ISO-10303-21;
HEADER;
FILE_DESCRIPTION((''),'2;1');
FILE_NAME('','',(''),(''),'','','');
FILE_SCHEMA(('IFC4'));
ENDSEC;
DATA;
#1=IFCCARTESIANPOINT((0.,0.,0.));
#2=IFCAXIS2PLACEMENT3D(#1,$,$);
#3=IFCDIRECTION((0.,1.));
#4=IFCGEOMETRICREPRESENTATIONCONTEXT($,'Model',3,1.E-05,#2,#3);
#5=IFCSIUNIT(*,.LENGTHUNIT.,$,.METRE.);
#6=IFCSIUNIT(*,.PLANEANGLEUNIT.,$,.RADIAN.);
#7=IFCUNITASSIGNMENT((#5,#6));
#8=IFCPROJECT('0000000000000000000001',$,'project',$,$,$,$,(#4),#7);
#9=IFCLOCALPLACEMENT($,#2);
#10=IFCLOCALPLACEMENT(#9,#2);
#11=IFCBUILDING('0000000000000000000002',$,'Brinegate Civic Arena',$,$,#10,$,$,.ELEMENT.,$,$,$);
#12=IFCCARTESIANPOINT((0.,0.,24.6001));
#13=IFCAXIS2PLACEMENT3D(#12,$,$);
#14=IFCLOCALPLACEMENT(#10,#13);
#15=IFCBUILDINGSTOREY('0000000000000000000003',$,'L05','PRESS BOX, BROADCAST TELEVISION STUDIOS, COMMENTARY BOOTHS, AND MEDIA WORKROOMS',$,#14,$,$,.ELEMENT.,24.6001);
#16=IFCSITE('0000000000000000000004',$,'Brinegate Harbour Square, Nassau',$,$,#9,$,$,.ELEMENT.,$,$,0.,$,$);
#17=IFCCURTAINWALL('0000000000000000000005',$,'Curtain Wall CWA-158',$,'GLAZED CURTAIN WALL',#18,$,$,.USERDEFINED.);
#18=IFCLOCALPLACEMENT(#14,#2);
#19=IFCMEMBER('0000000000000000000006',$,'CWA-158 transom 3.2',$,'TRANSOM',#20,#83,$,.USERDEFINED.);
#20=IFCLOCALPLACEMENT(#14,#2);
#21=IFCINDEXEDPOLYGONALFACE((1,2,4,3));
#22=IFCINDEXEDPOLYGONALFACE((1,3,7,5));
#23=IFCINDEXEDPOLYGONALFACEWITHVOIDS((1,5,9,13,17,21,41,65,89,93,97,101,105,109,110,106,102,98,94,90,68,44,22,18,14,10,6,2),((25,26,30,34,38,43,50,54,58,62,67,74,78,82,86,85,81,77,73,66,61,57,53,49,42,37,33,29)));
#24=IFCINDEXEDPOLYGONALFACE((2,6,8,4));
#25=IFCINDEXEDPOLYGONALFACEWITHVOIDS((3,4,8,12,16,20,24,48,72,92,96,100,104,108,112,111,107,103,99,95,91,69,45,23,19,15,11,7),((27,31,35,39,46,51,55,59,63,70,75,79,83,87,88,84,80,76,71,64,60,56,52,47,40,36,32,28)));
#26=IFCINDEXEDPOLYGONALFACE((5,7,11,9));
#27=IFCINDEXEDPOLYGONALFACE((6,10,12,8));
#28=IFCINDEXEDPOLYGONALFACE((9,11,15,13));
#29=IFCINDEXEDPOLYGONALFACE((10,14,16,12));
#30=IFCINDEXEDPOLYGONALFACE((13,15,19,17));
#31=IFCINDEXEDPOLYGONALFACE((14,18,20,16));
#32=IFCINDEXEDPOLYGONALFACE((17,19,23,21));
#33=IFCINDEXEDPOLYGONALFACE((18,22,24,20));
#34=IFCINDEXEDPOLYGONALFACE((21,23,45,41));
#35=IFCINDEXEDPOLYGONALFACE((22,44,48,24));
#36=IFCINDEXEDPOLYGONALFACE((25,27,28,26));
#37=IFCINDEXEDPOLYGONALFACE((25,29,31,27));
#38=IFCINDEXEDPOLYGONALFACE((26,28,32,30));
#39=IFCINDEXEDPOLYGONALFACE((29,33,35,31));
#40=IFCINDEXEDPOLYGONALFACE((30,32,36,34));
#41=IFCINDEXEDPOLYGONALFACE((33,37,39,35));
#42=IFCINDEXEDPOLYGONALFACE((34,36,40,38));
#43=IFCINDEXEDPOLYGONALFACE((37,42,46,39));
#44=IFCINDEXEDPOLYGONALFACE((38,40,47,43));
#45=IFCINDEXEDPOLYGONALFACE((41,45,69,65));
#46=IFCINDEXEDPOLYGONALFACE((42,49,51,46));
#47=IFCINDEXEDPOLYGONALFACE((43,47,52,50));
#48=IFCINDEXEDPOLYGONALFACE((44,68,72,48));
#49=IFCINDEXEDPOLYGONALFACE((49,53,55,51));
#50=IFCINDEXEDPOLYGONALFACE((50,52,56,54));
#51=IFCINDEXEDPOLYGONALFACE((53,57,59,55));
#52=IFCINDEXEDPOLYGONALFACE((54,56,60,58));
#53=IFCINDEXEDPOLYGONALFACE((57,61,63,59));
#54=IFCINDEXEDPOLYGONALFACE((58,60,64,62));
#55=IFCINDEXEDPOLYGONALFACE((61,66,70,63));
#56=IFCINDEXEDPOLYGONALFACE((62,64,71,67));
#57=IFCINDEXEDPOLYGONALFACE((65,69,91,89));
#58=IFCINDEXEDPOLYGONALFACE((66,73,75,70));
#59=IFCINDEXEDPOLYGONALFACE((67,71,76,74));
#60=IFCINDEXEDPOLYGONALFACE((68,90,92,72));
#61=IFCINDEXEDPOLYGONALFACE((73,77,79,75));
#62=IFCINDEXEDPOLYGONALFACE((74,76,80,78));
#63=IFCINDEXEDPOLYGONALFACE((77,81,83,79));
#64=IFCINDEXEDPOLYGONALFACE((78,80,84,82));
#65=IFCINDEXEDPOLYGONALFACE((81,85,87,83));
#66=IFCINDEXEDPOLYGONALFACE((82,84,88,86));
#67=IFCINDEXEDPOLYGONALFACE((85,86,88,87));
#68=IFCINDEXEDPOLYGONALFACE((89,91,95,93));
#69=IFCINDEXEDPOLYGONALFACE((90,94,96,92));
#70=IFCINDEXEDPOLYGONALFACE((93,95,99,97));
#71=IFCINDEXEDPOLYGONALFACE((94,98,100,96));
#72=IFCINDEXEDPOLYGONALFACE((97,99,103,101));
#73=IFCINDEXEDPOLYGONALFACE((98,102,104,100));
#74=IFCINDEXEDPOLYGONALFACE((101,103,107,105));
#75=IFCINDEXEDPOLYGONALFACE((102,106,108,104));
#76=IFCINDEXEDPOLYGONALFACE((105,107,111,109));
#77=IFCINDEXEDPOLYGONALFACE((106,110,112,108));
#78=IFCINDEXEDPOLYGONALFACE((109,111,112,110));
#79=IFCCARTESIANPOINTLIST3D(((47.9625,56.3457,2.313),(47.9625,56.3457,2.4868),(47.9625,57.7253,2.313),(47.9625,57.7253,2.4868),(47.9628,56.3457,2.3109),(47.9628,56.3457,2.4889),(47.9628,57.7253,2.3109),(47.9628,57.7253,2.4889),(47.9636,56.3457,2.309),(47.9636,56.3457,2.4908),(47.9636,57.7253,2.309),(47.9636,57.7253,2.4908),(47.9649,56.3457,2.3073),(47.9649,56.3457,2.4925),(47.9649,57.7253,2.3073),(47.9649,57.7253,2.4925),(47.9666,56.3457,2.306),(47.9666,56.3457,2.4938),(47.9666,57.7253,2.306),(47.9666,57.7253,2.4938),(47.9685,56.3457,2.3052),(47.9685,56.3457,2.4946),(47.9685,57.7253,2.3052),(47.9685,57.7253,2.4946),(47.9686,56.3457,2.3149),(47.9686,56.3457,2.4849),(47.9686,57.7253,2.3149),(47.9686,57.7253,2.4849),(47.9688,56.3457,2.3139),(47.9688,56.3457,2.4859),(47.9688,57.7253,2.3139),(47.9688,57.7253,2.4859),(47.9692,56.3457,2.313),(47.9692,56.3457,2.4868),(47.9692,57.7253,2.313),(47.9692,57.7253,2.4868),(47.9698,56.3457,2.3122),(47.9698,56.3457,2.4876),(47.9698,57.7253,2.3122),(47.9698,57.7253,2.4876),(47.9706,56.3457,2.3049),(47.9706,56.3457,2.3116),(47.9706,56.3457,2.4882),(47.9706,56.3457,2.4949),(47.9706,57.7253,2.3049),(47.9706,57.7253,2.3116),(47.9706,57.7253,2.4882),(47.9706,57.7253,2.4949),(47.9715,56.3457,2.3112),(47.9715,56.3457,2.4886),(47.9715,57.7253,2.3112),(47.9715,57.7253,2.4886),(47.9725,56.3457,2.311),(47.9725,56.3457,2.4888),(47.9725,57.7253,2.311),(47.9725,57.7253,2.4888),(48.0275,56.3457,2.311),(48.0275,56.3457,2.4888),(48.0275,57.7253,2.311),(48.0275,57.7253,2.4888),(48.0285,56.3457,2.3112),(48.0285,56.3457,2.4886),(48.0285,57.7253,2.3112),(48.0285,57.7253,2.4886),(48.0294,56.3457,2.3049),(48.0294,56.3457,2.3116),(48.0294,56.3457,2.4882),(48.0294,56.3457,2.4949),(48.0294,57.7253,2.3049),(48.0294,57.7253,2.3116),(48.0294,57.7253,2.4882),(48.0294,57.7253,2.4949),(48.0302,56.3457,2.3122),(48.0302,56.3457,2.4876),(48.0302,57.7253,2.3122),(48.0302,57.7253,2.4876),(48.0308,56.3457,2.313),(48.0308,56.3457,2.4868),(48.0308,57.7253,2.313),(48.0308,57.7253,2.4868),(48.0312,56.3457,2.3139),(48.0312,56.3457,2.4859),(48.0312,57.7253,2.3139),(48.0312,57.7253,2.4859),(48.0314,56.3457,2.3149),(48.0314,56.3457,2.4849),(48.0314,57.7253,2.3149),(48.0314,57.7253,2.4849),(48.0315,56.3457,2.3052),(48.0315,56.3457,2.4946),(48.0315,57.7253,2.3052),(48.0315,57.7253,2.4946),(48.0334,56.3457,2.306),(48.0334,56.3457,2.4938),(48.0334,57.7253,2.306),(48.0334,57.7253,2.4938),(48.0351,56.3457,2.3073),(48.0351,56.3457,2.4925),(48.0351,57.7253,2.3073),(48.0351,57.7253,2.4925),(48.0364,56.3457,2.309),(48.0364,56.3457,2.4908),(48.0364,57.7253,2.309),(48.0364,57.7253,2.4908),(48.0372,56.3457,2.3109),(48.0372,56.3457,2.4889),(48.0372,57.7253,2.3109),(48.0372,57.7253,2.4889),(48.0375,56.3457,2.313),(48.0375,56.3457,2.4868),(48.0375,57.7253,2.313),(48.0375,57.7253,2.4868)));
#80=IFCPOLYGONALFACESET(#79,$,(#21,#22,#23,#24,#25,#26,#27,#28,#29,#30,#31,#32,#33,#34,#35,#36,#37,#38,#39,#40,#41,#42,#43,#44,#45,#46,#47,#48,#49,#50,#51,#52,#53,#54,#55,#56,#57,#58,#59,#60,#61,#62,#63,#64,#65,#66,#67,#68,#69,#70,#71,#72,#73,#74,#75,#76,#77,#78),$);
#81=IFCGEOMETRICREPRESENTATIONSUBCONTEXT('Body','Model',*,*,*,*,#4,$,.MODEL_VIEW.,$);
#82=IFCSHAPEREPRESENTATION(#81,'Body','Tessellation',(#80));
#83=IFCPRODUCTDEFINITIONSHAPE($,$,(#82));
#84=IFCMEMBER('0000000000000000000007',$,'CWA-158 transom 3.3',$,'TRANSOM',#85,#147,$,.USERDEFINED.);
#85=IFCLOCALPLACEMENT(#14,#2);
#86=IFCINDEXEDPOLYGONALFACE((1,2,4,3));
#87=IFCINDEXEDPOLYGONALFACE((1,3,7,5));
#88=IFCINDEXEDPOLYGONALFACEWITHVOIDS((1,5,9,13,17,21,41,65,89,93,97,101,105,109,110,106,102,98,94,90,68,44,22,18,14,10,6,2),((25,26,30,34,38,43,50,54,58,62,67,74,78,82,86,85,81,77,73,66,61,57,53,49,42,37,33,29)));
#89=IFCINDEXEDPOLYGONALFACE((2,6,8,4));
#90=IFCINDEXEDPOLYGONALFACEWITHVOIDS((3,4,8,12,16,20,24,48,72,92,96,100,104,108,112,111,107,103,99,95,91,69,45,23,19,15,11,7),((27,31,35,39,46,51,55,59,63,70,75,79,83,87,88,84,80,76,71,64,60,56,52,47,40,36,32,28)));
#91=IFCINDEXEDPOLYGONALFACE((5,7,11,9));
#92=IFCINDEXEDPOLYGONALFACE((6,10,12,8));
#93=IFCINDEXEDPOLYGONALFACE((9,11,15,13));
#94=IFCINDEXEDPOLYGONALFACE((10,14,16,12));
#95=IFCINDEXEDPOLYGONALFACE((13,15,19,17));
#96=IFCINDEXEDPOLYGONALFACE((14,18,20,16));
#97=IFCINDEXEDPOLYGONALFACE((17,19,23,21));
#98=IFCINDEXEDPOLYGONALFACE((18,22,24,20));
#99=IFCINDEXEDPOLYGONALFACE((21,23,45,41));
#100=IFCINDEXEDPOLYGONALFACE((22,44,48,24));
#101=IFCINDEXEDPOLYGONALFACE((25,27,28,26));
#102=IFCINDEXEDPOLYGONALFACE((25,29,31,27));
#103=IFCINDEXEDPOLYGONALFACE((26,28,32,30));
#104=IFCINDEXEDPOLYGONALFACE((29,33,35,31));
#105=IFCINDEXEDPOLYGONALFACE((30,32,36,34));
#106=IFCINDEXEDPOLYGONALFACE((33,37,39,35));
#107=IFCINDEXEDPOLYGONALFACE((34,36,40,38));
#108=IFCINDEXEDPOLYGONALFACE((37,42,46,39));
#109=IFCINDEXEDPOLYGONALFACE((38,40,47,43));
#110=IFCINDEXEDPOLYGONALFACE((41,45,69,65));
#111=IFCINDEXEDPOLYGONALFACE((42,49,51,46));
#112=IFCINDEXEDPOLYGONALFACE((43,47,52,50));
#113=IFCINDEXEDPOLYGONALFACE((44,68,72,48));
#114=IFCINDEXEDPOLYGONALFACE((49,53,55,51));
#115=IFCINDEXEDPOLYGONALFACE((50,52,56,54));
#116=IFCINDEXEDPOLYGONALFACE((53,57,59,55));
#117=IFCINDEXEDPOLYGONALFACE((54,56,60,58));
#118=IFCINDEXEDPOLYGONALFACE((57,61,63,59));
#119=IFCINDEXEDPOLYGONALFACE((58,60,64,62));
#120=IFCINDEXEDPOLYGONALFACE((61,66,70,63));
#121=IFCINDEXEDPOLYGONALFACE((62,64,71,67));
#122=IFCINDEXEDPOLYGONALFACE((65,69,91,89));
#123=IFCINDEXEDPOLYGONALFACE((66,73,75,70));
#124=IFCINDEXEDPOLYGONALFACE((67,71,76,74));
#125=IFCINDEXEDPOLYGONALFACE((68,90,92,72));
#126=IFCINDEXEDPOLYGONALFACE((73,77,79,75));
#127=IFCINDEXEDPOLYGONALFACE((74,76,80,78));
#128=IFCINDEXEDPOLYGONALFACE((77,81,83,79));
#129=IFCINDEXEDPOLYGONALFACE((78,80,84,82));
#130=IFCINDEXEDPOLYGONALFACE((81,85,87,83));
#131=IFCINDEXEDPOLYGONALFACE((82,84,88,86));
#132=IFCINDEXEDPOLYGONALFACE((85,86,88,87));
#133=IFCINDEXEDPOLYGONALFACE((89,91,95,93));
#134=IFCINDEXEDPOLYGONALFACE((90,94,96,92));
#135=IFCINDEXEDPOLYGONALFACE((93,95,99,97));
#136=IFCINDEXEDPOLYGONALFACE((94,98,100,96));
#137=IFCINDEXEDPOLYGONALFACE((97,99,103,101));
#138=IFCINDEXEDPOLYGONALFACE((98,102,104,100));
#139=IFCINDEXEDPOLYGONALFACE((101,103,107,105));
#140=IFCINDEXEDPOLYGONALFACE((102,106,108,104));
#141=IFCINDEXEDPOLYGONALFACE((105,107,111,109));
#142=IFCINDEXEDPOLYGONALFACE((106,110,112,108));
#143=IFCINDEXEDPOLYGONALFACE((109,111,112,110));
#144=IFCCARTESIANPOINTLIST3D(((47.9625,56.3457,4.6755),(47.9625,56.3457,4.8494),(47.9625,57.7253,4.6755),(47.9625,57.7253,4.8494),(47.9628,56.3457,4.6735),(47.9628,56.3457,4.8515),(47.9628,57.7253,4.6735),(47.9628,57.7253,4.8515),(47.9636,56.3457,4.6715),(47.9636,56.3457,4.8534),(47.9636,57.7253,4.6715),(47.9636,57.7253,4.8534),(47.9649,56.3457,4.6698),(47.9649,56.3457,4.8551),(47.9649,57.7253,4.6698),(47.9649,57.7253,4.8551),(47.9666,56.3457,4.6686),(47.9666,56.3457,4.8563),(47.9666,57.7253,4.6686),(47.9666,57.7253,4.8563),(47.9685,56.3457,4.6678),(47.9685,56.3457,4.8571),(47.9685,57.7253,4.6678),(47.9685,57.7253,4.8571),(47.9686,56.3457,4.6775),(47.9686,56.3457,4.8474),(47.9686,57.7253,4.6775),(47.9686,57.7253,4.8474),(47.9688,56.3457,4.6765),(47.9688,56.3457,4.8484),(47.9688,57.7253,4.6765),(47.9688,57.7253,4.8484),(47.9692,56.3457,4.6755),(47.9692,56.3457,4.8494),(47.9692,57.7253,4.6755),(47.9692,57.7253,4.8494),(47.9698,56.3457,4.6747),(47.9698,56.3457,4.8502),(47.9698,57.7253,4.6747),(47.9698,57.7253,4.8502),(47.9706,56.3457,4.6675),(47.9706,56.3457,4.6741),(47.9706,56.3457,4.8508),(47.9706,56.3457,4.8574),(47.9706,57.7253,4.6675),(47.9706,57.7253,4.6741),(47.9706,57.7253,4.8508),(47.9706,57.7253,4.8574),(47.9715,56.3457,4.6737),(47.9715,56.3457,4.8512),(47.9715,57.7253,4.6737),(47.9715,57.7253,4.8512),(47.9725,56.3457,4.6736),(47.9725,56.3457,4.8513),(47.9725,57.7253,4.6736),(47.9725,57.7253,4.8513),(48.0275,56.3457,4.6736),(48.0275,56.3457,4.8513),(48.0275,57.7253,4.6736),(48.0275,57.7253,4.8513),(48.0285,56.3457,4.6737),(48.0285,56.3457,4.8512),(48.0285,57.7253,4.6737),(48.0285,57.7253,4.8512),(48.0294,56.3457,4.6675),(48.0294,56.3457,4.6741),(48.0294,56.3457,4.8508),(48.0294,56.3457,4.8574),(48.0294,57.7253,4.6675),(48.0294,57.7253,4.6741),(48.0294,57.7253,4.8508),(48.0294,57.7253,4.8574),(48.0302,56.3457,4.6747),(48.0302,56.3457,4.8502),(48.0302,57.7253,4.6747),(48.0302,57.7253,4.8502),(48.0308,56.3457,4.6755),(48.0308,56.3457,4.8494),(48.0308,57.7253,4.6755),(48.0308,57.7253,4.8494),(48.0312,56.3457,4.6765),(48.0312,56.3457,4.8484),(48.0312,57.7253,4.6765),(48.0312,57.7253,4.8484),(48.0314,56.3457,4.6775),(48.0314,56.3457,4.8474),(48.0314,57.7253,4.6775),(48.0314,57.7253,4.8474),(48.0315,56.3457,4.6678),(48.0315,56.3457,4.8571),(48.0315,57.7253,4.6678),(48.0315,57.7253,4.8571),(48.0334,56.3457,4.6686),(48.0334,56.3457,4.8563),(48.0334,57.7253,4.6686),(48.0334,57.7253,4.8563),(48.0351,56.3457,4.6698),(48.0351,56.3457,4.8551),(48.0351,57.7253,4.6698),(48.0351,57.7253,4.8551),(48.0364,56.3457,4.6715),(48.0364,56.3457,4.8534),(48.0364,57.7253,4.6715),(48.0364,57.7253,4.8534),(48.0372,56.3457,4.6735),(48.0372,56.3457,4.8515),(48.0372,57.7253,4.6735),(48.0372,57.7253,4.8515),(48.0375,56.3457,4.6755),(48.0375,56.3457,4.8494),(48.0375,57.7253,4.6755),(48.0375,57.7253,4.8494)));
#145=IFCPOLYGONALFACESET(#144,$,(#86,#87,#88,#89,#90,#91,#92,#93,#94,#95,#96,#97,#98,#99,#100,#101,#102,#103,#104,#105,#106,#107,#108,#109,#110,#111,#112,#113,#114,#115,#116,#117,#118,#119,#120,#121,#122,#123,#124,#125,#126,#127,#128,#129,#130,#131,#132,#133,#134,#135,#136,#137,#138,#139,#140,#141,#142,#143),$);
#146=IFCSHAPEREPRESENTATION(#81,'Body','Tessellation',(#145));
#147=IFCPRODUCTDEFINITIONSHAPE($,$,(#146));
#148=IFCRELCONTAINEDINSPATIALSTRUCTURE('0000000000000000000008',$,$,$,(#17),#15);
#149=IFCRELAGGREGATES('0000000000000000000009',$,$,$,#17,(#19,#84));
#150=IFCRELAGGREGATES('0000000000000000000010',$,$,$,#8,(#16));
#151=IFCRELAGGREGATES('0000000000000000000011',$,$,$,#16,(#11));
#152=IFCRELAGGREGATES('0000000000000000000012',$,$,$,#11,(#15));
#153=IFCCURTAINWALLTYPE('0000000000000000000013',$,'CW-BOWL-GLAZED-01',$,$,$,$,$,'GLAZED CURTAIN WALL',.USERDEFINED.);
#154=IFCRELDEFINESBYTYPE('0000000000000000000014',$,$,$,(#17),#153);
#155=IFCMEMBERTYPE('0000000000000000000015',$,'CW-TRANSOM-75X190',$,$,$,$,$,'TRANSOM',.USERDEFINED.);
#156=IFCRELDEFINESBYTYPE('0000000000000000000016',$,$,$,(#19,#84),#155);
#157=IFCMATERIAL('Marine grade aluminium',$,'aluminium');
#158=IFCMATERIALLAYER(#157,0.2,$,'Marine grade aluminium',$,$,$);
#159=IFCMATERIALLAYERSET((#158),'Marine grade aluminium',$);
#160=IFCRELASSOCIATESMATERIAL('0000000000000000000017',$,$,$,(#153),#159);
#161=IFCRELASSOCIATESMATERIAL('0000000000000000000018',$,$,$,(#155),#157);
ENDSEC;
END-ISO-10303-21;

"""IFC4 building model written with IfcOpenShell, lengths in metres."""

from ifc_helpers import new_model, si_unit, direction, frame, origin, origin_2d, place, context, subcontext, project, spatial, hollow_rectangle, extrude, material, layer, layer_set, material_profile, profile_set, type_object, element, aggregate, save


model = new_model("IFC4")

# Units and contexts
model_context = context("Model", 3, precision=1e-05, world=origin(), true_north=direction((0.0, 1.0)))
body_context = subcontext(model_context, "Body", "Model", "MODEL_VIEW")
ifc_project = project(units=[si_unit("LENGTHUNIT", "METRE"), si_unit("PLANEANGLEUNIT", "RADIAN")], contexts=[model_context])

# Site, building, storey
site_placement = place(None, origin())
site = spatial("IfcSite", under=ifc_project, at=site_placement, Name="Brinegate Harbour Square, Nassau", CompositionType="ELEMENT", RefElevation=0.0)
building_placement = place(site_placement, origin())
building = spatial("IfcBuilding", under=site, at=building_placement, Name="Brinegate Civic Arena", CompositionType="ELEMENT")
storey_placement = place(building_placement, frame((0.0, 0.0, 24.6001)))
storey = spatial("IfcBuildingStorey", under=building, at=storey_placement, Name="L05", Description="PRESS BOX, BROADCAST TELEVISION STUDIOS, COMMENTARY BOOTHS, AND MEDIA WORKROOMS", CompositionType="ELEMENT", Elevation=24.6001)

# Curtain wall, members
ifc_material_1 = material(Name="Marine grade aluminium", Category="aluminium")
ifc_layer_1 = layer(ifc_material_1, 0.2, Name="Marine grade aluminium")
ifc_layer_set_1 = layer_set([ifc_layer_1], Name="Marine grade aluminium")
curtain_wall_type = type_object("IfcCurtainWallType", Name="CW-BOWL-GLAZED-01", ElementType="GLAZED CURTAIN WALL", PredefinedType="USERDEFINED", material=ifc_layer_set_1)
curtain_wall_placement = place(storey_placement, origin())
curtain_wall = element("IfcCurtainWall", 1, at=curtain_wall_placement, inside=storey, type_object=curtain_wall_type, Name="Curtain Wall CWA-158", ObjectType="GLAZED CURTAIN WALL", PredefinedType="USERDEFINED")
ifc_material_profile_1 = material_profile(ifc_material_1, hollow_rectangle(XDim=0.075, YDim=0.1899, WallThickness=0.0061, InnerFilletRadius=0.0039, OuterFilletRadius=0.0081, at=origin_2d()), Name="TRN75X190")
ifc_profile_set_1 = profile_set([ifc_material_profile_1], Name="Marine grade aluminium")
member_type_1 = type_object("IfcMemberType", Name="CW-TRANSOM-75X190", ElementType="TRANSOM", PredefinedType="USERDEFINED", material=ifc_profile_set_1)
member_1_placement = place(storey_placement, frame((48.0, 56.3457, 2.3999), z_axis=(0.0, 1.0, 0.0), x_axis=(-1.0, 0.0, 0.0)))
member_1 = element("IfcMember", 2, at=member_1_placement, type_object=member_type_1, Name="CWA-158 transom 3.2", ObjectType="TRANSOM", PredefinedType="USERDEFINED", context=body_context, shape_type="SweptSolid", body=[
    extrude(hollow_rectangle(XDim=0.075, YDim=0.1899, WallThickness=0.0061, InnerFilletRadius=0.0039, OuterFilletRadius=0.0081, at=origin_2d()), origin(), (0.0, 0.0, 1.0), 1.3796),
])
member_2_placement = place(storey_placement, frame((48.0, 56.3457, 4.7625), z_axis=(0.0, 1.0, 0.0), x_axis=(-1.0, 0.0, 0.0)))
member_2 = element("IfcMember", 3, at=member_2_placement, type_object=member_type_1, Name="CWA-158 transom 3.3", ObjectType="TRANSOM", PredefinedType="USERDEFINED", context=body_context, shape_type="SweptSolid", body=[
    extrude(hollow_rectangle(XDim=0.075, YDim=0.1899, WallThickness=0.0061, InnerFilletRadius=0.0039, OuterFilletRadius=0.0081, at=origin_2d()), origin(), (0.0, 0.0, 1.0), 1.3796),
])

aggregate(curtain_wall, [member_1, member_2])

save(model, "model.ifc")
